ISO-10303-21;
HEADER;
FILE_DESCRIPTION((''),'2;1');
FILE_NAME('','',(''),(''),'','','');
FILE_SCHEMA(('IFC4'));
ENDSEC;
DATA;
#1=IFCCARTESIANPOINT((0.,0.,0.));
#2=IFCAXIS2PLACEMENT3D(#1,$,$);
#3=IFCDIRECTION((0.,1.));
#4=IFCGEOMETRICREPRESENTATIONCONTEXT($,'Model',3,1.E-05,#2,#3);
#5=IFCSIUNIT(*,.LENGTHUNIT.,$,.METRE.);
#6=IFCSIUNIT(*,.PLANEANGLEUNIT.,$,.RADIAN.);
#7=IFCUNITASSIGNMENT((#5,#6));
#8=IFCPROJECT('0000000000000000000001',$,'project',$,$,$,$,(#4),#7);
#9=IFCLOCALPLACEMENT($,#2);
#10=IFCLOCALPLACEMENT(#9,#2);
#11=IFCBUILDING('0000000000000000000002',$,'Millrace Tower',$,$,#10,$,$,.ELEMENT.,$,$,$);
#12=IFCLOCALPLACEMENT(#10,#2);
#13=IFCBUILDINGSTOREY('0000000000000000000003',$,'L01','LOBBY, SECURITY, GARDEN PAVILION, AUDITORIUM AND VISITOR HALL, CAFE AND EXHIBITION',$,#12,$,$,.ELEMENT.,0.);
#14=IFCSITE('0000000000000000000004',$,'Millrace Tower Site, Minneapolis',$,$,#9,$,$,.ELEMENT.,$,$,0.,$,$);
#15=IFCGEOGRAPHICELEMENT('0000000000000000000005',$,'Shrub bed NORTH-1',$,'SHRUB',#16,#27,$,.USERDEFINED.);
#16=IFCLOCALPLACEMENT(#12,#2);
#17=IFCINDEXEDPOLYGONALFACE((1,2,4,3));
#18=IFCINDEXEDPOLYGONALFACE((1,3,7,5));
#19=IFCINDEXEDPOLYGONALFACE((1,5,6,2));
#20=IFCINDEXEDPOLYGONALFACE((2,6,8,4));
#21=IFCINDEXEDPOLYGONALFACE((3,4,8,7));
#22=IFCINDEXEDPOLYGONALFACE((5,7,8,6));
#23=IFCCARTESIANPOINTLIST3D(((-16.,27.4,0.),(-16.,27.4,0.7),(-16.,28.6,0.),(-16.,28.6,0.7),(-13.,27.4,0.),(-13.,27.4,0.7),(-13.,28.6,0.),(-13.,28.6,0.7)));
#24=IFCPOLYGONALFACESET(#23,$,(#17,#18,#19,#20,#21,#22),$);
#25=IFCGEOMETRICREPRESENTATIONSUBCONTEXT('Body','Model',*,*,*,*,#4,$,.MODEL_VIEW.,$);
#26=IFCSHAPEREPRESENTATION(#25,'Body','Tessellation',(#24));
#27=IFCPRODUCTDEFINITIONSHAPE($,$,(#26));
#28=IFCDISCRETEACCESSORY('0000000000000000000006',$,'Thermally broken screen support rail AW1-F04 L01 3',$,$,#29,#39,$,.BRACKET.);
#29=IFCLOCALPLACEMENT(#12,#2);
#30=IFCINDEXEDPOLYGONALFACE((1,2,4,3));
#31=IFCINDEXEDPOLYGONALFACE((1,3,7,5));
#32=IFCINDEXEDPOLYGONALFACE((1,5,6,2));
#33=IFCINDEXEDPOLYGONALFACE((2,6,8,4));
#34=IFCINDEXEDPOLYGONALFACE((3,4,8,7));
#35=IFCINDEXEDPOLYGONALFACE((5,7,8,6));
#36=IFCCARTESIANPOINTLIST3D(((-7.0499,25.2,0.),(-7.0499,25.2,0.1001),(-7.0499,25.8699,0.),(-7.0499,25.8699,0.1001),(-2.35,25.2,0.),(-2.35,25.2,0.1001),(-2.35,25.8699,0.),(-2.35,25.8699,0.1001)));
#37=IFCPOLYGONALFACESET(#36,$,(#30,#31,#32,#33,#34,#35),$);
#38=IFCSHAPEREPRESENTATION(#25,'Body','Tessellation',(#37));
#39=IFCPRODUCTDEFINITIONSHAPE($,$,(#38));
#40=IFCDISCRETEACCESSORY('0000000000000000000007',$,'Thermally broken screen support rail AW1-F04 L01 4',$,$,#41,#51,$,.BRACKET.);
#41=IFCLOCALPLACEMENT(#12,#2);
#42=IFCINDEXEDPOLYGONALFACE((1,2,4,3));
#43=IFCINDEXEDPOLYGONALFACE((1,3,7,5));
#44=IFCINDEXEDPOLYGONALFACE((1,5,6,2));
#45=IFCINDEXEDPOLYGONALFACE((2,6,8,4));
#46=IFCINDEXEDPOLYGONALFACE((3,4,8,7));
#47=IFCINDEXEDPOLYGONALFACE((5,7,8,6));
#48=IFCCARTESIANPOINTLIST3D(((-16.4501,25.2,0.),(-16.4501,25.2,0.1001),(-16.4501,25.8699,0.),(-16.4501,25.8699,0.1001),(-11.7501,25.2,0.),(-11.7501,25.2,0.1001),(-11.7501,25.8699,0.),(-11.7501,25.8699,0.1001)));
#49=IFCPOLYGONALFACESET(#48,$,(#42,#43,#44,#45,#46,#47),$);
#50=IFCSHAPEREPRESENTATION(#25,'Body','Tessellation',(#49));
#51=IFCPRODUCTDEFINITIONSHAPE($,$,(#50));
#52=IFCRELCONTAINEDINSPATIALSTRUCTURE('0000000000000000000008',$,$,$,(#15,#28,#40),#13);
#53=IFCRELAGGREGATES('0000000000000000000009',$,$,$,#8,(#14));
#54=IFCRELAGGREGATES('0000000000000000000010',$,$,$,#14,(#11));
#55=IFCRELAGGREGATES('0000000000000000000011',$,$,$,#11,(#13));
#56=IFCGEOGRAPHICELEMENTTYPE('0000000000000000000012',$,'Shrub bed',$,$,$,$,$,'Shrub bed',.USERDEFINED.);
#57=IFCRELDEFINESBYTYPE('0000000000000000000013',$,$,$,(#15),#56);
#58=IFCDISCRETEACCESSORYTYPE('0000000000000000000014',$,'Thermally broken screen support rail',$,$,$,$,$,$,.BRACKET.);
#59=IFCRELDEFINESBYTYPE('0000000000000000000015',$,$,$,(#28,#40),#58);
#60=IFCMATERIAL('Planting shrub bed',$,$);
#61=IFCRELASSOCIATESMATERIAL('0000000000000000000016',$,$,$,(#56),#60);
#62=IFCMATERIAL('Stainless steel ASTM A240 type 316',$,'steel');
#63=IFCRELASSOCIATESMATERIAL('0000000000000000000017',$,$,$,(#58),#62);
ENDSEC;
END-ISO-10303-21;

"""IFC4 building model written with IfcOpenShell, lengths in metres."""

from ifc_helpers import new_model, si_unit, direction, frame, origin, origin_2d, place, context, subcontext, project, spatial, rectangle, extrude, material, type_object, element, save


model = new_model("IFC4")

# Units and contexts
model_context = context("Model", 3, precision=1e-05, world=origin(), true_north=direction((0.0, 1.0)))
body_context = subcontext(model_context, "Body", "Model", "MODEL_VIEW")
ifc_project = project(units=[si_unit("LENGTHUNIT", "METRE"), si_unit("PLANEANGLEUNIT", "RADIAN")], contexts=[model_context])

# Site, building, storey
site_placement = place(None, origin())
site = spatial("IfcSite", under=ifc_project, at=site_placement, Name="Millrace Tower Site, Minneapolis", CompositionType="ELEMENT", RefElevation=0.0)
building_placement = place(site_placement, origin())
building = spatial("IfcBuilding", under=site, at=building_placement, Name="Millrace Tower", CompositionType="ELEMENT")
storey_placement = place(building_placement, origin())
storey = spatial("IfcBuildingStorey", under=building, at=storey_placement, Name="L01", Description="LOBBY, SECURITY, GARDEN PAVILION, AUDITORIUM AND VISITOR HALL, CAFE AND EXHIBITION", CompositionType="ELEMENT", Elevation=0.0)

# Geographic element
ifc_material_1 = material(Name="Planting shrub bed")
geographic_element_type = type_object("IfcGeographicElementType", Name="Shrub bed", ElementType="Shrub bed", PredefinedType="USERDEFINED", material=ifc_material_1)
geographic_element_placement = place(storey_placement, frame((-14.5, 28.0, 0.0), z_axis=(0.0, 0.0, 1.0), x_axis=(1.0, 0.0, 0.0)))
element("IfcGeographicElement", 1, at=geographic_element_placement, inside=storey, type_object=geographic_element_type, Name="Shrub bed NORTH-1", ObjectType="SHRUB", PredefinedType="USERDEFINED", context=body_context, shape_type="SweptSolid", body=[
    extrude(rectangle(XDim=3.0, YDim=1.2, at=origin_2d()), origin(), (0.0, 0.0, 1.0), 0.7),
])

# Discrete accessories
ifc_material_2 = material(Name="Stainless steel ASTM A240 type 316", Category="steel")
discrete_accessory_type = type_object("IfcDiscreteAccessoryType", Name="Thermally broken screen support rail", PredefinedType="BRACKET", material=ifc_material_2)
for number, where, z_axis, x_axis, name in (
    (2, (-4.7, 25.5349, 0.0), (0.0, 0.0, 1.0), (-1.0, 0.0, 0.0), "Thermally broken screen support rail AW1-F04 L01 3"),
    (3, (-14.1001, 25.5349, 0.0), (0.0, 0.0, 1.0), (-1.0, 0.0, 0.0), "Thermally broken screen support rail AW1-F04 L01 4"),
):
    element("IfcDiscreteAccessory", number, at=place(storey_placement, frame(where, z_axis=z_axis, x_axis=x_axis)), inside=storey, type_object=discrete_accessory_type, Name=name, PredefinedType="BRACKET", context=body_context, shape_type="SweptSolid", body=[
        extrude(rectangle(XDim=4.7, YDim=0.6699, at=origin_2d()), origin(), (0.0, 0.0, 1.0), 0.1001),
    ])

save(model, "model.ifc")
